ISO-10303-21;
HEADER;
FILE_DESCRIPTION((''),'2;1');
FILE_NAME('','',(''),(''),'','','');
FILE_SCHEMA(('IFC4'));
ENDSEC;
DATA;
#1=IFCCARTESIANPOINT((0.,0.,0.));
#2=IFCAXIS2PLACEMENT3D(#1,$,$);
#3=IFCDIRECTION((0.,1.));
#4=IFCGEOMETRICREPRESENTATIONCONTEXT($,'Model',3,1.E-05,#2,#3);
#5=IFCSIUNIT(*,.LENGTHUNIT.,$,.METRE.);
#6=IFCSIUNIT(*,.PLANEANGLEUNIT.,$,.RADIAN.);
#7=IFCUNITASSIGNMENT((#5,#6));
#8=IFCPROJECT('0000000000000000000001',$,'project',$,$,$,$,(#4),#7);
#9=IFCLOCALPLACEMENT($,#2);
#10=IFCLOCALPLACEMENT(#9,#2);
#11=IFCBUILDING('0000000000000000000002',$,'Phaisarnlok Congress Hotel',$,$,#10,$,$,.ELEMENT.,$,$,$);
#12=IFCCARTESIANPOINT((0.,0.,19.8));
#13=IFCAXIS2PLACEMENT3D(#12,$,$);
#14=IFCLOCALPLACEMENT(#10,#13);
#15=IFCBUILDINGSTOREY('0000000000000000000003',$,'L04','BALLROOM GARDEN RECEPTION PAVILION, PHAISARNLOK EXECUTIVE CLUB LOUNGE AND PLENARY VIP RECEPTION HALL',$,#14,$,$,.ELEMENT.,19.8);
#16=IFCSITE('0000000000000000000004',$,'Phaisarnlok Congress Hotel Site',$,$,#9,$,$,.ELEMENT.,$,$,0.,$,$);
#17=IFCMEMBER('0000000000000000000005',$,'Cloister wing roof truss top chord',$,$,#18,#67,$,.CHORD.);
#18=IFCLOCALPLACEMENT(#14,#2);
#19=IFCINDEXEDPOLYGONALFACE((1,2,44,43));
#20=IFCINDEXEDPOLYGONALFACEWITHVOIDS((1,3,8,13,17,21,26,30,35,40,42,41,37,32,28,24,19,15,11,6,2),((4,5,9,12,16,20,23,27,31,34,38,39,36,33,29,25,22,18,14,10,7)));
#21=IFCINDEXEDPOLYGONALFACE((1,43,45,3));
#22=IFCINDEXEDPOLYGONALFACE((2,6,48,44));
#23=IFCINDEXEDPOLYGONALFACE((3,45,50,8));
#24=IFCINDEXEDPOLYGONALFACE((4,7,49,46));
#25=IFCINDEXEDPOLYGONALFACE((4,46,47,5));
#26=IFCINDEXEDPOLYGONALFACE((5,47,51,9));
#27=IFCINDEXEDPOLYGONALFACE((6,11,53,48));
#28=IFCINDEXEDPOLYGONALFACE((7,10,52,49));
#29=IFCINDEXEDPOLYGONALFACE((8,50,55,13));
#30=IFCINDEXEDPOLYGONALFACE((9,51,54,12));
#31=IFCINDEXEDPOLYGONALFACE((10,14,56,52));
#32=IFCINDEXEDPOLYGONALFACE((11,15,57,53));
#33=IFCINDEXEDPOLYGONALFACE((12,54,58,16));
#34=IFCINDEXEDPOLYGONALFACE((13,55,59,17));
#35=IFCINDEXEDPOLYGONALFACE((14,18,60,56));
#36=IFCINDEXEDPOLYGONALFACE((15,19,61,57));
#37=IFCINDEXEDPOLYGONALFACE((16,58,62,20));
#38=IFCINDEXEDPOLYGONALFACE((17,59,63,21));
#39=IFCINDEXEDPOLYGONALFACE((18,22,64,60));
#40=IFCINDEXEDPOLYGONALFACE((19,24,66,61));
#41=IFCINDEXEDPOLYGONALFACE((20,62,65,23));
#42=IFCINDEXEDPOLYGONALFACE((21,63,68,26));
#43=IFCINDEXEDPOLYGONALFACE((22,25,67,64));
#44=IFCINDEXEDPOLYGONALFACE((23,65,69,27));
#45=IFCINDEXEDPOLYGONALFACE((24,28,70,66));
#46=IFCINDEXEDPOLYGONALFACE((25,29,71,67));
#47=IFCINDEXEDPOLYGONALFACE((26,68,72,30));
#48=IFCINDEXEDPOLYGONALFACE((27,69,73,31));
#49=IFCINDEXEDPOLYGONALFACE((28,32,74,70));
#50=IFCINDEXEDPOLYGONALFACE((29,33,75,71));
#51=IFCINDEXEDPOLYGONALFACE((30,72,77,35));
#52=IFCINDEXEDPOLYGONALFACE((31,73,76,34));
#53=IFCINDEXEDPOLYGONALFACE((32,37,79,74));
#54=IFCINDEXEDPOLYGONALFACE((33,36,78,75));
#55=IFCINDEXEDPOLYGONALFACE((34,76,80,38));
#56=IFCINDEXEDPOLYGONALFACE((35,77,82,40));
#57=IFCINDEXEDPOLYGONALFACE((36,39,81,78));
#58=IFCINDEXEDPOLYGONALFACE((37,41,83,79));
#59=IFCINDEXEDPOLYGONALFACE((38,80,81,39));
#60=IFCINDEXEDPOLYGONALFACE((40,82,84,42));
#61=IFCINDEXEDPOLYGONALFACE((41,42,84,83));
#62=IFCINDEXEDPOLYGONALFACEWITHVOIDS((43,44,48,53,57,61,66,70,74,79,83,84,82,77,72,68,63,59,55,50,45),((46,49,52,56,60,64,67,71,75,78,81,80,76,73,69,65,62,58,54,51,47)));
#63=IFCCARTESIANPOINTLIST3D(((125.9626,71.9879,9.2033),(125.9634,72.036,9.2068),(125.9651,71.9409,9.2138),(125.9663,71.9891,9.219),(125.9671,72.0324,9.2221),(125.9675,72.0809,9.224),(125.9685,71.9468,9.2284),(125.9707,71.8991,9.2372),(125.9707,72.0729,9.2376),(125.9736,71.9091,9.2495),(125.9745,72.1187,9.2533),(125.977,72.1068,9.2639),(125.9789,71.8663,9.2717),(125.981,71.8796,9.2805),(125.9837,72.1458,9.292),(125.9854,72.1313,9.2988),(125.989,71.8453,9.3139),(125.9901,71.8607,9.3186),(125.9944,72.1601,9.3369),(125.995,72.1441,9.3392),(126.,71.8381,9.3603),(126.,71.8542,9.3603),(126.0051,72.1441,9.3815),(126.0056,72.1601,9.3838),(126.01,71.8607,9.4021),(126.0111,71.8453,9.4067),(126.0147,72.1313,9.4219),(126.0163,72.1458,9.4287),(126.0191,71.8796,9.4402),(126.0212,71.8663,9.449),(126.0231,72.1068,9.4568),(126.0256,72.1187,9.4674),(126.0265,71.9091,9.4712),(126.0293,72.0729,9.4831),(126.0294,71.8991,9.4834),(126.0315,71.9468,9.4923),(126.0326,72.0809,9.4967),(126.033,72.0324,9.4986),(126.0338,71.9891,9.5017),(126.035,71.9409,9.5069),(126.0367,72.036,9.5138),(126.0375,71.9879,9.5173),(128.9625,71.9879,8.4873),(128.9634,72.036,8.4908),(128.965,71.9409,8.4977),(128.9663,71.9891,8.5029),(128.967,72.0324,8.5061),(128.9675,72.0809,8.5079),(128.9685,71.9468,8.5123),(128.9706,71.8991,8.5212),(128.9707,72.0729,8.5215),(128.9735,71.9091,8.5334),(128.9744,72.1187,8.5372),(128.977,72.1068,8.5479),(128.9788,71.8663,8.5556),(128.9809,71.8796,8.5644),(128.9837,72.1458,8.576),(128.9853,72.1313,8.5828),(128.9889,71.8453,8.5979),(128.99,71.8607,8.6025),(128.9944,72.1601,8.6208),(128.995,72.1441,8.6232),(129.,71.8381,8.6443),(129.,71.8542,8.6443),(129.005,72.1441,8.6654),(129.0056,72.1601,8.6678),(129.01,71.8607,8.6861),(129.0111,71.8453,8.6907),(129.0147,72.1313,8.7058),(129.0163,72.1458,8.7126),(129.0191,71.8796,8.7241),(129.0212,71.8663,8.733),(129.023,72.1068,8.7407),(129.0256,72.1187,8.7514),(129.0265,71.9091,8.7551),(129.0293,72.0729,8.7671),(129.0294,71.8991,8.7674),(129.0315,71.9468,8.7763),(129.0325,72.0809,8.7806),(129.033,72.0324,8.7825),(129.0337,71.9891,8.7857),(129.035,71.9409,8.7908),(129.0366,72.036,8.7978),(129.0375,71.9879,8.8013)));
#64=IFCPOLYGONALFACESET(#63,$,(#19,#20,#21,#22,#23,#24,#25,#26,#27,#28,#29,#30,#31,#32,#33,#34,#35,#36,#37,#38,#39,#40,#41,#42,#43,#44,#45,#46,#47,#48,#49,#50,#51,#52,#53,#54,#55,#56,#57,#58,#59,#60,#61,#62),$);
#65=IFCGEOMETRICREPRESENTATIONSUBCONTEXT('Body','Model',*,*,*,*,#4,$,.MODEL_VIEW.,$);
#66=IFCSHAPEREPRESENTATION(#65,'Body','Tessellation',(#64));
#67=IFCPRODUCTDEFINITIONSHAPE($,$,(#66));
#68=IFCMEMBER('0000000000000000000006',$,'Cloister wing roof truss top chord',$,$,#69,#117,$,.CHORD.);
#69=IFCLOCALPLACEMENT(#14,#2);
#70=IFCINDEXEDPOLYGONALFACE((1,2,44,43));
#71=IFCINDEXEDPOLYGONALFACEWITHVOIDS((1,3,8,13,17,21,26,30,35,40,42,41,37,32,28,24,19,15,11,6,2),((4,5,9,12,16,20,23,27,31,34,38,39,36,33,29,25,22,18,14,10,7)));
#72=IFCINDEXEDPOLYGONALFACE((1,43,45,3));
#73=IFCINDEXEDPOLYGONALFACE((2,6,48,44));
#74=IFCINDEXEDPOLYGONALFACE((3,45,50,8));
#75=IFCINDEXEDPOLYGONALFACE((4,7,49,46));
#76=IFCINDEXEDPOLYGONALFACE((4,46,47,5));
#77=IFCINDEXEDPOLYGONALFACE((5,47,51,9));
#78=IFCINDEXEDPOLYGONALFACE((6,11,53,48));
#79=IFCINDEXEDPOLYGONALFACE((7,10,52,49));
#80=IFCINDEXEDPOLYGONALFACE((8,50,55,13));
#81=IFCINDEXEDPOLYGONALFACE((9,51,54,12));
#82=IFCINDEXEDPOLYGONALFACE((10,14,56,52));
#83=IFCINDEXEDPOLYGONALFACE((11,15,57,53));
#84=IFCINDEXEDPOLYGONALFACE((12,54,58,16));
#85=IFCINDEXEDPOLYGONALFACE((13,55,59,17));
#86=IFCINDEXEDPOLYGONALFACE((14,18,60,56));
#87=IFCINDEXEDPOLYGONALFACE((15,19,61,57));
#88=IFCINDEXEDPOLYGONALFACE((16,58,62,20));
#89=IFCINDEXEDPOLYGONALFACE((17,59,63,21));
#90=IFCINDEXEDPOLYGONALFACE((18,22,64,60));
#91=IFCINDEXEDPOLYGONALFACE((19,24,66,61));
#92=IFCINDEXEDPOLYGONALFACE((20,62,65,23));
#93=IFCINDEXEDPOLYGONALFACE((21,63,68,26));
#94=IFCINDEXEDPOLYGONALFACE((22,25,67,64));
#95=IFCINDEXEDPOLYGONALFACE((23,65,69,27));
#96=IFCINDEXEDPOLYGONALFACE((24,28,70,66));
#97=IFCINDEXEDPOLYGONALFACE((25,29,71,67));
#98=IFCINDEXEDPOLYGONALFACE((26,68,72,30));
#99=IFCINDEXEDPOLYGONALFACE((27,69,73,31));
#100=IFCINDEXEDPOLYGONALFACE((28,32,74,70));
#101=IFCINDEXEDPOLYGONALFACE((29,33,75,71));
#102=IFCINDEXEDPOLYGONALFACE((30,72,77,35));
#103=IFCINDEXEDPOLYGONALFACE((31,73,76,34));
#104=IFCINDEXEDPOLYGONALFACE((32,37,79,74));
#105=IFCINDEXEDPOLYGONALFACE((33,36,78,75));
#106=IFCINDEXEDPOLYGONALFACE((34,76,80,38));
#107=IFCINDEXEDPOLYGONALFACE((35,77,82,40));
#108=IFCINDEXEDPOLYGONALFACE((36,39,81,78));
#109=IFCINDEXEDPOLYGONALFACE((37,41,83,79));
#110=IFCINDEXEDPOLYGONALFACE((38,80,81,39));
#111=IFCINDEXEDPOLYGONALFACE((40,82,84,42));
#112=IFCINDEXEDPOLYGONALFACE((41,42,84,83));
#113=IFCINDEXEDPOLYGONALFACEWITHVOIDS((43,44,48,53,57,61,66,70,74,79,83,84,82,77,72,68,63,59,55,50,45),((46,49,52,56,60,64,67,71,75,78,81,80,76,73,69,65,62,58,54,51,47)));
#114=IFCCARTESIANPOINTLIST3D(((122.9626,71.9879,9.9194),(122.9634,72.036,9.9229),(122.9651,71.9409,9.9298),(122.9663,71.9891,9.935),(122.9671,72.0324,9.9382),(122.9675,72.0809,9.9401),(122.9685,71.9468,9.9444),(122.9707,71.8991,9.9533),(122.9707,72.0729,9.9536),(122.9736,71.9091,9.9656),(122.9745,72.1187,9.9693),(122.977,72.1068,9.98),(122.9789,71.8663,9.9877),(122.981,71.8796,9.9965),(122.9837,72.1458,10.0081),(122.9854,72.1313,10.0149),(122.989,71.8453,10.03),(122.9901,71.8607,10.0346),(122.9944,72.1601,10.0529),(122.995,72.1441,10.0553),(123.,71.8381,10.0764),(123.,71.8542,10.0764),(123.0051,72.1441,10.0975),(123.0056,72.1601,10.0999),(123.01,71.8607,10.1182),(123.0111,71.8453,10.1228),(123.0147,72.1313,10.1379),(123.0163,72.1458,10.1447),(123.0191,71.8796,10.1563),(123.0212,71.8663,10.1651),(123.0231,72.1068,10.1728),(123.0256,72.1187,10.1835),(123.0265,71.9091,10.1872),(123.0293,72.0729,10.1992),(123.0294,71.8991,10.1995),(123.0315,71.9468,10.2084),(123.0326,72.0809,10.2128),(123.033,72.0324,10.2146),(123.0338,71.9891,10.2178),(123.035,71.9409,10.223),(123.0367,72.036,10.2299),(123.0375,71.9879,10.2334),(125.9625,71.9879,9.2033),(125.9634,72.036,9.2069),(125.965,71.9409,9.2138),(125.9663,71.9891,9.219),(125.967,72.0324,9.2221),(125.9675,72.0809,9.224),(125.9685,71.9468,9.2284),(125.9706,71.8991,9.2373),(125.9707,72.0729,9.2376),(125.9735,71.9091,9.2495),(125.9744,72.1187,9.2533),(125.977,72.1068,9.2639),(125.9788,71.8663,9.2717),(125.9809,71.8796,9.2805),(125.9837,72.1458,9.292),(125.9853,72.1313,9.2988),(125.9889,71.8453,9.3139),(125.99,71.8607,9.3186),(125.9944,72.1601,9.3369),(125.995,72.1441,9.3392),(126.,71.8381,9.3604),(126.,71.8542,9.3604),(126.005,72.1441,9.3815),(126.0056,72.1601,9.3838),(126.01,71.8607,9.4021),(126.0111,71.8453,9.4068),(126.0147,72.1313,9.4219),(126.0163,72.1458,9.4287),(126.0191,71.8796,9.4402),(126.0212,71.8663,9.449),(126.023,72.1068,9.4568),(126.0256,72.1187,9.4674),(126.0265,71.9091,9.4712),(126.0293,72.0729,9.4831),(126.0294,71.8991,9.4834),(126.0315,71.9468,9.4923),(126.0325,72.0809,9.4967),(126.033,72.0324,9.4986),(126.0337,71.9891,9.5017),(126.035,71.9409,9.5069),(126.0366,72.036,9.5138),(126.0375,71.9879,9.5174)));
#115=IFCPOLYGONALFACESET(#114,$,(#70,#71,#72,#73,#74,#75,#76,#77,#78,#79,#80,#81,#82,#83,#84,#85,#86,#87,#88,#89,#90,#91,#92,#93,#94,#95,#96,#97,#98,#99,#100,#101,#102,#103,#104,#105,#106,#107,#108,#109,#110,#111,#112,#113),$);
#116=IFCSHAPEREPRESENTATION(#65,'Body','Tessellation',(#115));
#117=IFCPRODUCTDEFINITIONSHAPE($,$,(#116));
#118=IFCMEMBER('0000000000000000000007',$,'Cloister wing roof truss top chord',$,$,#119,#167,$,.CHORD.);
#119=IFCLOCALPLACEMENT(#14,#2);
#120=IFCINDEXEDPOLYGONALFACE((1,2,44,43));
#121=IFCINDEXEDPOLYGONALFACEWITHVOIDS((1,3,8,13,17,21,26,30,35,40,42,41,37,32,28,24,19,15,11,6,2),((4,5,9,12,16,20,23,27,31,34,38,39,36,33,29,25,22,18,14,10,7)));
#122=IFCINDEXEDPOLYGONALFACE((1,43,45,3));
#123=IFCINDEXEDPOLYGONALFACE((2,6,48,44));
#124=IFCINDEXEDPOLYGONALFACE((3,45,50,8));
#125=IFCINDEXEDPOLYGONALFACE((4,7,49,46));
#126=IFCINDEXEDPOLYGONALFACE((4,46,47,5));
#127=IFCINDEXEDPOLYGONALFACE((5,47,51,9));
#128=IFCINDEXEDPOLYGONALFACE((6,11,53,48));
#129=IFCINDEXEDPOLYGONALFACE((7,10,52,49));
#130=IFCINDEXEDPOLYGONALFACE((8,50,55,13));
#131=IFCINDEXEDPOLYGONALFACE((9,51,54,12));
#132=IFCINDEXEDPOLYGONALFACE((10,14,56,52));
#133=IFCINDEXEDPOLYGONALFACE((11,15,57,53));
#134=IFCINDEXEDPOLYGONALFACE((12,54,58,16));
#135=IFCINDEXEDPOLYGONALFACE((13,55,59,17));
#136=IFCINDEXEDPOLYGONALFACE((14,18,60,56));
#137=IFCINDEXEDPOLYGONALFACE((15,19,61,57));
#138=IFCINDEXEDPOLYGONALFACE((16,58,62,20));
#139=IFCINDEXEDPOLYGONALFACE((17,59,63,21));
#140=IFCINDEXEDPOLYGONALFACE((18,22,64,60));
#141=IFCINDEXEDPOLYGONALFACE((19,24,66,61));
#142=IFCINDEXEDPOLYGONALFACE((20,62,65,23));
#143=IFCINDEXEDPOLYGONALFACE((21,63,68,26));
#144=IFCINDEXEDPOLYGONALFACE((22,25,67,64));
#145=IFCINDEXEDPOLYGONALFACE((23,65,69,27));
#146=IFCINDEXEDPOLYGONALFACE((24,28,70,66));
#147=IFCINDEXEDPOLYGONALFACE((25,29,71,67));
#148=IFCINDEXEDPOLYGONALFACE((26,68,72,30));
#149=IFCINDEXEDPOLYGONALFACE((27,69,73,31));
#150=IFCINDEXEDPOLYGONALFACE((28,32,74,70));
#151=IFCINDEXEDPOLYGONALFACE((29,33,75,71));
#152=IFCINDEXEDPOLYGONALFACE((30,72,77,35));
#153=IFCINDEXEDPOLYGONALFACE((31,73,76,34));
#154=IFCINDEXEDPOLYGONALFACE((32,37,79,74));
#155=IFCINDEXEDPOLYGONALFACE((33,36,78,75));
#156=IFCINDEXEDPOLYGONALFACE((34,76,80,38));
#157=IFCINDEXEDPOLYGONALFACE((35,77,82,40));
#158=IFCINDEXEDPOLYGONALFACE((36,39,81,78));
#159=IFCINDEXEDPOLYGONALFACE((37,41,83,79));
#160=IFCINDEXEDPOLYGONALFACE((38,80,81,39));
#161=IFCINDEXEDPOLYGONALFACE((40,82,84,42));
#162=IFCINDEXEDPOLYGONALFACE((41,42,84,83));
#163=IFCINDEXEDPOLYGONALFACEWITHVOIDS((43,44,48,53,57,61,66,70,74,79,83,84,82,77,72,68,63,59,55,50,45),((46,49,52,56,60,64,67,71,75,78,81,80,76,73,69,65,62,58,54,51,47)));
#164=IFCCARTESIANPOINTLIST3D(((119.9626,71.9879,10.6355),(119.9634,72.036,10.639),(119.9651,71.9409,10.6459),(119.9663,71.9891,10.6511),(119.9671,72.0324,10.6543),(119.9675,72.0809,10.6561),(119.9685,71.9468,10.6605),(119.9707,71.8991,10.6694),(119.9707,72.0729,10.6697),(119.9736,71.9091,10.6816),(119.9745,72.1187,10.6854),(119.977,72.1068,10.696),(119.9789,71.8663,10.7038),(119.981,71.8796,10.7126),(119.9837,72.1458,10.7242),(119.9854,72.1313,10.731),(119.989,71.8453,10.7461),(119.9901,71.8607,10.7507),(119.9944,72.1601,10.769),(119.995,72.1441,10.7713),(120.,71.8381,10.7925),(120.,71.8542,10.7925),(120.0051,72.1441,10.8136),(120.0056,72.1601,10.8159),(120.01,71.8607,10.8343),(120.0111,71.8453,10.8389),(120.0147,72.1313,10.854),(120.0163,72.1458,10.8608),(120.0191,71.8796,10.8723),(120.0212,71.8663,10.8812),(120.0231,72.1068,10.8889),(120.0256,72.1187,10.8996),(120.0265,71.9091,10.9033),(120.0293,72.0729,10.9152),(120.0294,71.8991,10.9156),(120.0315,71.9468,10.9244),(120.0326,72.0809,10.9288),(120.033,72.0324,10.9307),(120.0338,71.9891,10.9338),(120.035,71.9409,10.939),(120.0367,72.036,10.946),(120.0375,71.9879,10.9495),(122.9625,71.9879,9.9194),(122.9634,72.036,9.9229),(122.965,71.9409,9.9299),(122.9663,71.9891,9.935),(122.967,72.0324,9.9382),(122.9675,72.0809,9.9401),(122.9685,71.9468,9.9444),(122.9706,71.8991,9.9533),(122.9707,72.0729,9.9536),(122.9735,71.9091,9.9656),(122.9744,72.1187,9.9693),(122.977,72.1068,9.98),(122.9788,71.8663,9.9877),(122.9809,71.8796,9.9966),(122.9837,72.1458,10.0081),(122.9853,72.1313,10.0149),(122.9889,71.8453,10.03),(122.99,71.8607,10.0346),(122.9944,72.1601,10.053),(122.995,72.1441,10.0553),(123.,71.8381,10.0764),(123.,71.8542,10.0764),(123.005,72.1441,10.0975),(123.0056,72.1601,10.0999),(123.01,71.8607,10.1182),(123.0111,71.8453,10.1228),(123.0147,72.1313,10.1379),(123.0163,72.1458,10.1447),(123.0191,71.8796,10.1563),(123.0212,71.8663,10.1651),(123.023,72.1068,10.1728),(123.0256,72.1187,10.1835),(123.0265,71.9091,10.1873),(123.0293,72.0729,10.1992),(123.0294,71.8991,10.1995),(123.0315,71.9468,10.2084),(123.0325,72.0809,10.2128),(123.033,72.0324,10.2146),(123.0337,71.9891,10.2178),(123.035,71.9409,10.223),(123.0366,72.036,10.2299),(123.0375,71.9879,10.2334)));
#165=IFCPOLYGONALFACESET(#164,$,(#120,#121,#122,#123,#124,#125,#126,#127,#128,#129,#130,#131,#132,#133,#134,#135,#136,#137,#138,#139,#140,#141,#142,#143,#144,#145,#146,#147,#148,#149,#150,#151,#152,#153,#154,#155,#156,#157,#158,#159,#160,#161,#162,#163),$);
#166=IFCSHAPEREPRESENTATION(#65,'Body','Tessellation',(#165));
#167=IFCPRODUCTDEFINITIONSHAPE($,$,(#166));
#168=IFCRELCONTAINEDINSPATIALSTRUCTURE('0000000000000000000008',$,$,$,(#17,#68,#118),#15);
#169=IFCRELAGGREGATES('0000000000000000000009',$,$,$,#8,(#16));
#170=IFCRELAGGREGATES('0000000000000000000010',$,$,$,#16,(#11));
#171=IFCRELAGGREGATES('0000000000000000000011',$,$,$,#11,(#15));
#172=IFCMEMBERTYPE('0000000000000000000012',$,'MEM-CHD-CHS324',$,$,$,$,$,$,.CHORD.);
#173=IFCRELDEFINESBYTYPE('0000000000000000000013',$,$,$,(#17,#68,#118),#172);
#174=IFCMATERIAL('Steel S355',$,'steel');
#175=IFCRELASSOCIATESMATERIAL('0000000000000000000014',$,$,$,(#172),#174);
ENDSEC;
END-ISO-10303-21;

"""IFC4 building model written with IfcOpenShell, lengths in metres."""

from ifc_helpers import new_model, si_unit, direction, frame, origin, origin_2d, place, context, subcontext, project, spatial, hollow_circle, extrude, material, material_profile, profile_set, type_object, element, save


model = new_model("IFC4")

# Units and contexts
model_context = context("Model", 3, precision=1e-05, world=origin(), true_north=direction((0.0, 1.0)))
body_context = subcontext(model_context, "Body", "Model", "MODEL_VIEW")
ifc_project = project(units=[si_unit("LENGTHUNIT", "METRE"), si_unit("PLANEANGLEUNIT", "RADIAN")], contexts=[model_context])

# Site, building, storey
site_placement = place(None, origin())
site = spatial("IfcSite", under=ifc_project, at=site_placement, Name="Phaisarnlok Congress Hotel Site", CompositionType="ELEMENT", RefElevation=0.0)
building_placement = place(site_placement, origin())
building = spatial("IfcBuilding", under=site, at=building_placement, Name="Phaisarnlok Congress Hotel", CompositionType="ELEMENT")
storey_placement = place(building_placement, frame((0.0, 0.0, 19.8)))
storey = spatial("IfcBuildingStorey", under=building, at=storey_placement, Name="L04", Description="BALLROOM GARDEN RECEPTION PAVILION, PHAISARNLOK EXECUTIVE CLUB LOUNGE AND PLENARY VIP RECEPTION HALL", CompositionType="ELEMENT", Elevation=19.8)

# Shared definitions
ifc_material_1 = material(Name="Steel S355", Category="steel")

# Members
ifc_material_profile_1 = material_profile(ifc_material_1, hollow_circle(Radius=0.1619, WallThickness=0.0161, at=origin_2d()), Name="CHS 323.9x16")
ifc_profile_set_1 = profile_set([ifc_material_profile_1], Name="Steel S355")
member_type_1 = type_object("IfcMemberType", Name="MEM-CHD-CHS324", PredefinedType="CHORD", material=ifc_profile_set_1)
for number, where, z_axis, x_axis, name in (
    (1, (129.0, 72.0, 8.6443), (-0.972676, 0.0, 0.232166), (0.0, -1.0, 0.0), "Cloister wing roof truss top chord"),
    (2, (126.0, 72.0, 9.3604), (-0.972676, 0.0, 0.232166), (0.0, -1.0, 0.0), "Cloister wing roof truss top chord"),
    (3, (123.0, 72.0, 10.0764), (-0.972676, 0.0, 0.232166), (0.0, -1.0, 0.0), "Cloister wing roof truss top chord"),
):
    element("IfcMember", number, at=place(storey_placement, frame(where, z_axis=z_axis, x_axis=x_axis)), inside=storey, type_object=member_type_1, Name=name, PredefinedType="CHORD", context=body_context, shape_type="SweptSolid", body=[
        extrude(hollow_circle(Radius=0.1619, WallThickness=0.0161, at=origin_2d()), origin(), (0.0, 0.0, 1.0), 3.0842),
    ])

save(model, "model.ifc")
